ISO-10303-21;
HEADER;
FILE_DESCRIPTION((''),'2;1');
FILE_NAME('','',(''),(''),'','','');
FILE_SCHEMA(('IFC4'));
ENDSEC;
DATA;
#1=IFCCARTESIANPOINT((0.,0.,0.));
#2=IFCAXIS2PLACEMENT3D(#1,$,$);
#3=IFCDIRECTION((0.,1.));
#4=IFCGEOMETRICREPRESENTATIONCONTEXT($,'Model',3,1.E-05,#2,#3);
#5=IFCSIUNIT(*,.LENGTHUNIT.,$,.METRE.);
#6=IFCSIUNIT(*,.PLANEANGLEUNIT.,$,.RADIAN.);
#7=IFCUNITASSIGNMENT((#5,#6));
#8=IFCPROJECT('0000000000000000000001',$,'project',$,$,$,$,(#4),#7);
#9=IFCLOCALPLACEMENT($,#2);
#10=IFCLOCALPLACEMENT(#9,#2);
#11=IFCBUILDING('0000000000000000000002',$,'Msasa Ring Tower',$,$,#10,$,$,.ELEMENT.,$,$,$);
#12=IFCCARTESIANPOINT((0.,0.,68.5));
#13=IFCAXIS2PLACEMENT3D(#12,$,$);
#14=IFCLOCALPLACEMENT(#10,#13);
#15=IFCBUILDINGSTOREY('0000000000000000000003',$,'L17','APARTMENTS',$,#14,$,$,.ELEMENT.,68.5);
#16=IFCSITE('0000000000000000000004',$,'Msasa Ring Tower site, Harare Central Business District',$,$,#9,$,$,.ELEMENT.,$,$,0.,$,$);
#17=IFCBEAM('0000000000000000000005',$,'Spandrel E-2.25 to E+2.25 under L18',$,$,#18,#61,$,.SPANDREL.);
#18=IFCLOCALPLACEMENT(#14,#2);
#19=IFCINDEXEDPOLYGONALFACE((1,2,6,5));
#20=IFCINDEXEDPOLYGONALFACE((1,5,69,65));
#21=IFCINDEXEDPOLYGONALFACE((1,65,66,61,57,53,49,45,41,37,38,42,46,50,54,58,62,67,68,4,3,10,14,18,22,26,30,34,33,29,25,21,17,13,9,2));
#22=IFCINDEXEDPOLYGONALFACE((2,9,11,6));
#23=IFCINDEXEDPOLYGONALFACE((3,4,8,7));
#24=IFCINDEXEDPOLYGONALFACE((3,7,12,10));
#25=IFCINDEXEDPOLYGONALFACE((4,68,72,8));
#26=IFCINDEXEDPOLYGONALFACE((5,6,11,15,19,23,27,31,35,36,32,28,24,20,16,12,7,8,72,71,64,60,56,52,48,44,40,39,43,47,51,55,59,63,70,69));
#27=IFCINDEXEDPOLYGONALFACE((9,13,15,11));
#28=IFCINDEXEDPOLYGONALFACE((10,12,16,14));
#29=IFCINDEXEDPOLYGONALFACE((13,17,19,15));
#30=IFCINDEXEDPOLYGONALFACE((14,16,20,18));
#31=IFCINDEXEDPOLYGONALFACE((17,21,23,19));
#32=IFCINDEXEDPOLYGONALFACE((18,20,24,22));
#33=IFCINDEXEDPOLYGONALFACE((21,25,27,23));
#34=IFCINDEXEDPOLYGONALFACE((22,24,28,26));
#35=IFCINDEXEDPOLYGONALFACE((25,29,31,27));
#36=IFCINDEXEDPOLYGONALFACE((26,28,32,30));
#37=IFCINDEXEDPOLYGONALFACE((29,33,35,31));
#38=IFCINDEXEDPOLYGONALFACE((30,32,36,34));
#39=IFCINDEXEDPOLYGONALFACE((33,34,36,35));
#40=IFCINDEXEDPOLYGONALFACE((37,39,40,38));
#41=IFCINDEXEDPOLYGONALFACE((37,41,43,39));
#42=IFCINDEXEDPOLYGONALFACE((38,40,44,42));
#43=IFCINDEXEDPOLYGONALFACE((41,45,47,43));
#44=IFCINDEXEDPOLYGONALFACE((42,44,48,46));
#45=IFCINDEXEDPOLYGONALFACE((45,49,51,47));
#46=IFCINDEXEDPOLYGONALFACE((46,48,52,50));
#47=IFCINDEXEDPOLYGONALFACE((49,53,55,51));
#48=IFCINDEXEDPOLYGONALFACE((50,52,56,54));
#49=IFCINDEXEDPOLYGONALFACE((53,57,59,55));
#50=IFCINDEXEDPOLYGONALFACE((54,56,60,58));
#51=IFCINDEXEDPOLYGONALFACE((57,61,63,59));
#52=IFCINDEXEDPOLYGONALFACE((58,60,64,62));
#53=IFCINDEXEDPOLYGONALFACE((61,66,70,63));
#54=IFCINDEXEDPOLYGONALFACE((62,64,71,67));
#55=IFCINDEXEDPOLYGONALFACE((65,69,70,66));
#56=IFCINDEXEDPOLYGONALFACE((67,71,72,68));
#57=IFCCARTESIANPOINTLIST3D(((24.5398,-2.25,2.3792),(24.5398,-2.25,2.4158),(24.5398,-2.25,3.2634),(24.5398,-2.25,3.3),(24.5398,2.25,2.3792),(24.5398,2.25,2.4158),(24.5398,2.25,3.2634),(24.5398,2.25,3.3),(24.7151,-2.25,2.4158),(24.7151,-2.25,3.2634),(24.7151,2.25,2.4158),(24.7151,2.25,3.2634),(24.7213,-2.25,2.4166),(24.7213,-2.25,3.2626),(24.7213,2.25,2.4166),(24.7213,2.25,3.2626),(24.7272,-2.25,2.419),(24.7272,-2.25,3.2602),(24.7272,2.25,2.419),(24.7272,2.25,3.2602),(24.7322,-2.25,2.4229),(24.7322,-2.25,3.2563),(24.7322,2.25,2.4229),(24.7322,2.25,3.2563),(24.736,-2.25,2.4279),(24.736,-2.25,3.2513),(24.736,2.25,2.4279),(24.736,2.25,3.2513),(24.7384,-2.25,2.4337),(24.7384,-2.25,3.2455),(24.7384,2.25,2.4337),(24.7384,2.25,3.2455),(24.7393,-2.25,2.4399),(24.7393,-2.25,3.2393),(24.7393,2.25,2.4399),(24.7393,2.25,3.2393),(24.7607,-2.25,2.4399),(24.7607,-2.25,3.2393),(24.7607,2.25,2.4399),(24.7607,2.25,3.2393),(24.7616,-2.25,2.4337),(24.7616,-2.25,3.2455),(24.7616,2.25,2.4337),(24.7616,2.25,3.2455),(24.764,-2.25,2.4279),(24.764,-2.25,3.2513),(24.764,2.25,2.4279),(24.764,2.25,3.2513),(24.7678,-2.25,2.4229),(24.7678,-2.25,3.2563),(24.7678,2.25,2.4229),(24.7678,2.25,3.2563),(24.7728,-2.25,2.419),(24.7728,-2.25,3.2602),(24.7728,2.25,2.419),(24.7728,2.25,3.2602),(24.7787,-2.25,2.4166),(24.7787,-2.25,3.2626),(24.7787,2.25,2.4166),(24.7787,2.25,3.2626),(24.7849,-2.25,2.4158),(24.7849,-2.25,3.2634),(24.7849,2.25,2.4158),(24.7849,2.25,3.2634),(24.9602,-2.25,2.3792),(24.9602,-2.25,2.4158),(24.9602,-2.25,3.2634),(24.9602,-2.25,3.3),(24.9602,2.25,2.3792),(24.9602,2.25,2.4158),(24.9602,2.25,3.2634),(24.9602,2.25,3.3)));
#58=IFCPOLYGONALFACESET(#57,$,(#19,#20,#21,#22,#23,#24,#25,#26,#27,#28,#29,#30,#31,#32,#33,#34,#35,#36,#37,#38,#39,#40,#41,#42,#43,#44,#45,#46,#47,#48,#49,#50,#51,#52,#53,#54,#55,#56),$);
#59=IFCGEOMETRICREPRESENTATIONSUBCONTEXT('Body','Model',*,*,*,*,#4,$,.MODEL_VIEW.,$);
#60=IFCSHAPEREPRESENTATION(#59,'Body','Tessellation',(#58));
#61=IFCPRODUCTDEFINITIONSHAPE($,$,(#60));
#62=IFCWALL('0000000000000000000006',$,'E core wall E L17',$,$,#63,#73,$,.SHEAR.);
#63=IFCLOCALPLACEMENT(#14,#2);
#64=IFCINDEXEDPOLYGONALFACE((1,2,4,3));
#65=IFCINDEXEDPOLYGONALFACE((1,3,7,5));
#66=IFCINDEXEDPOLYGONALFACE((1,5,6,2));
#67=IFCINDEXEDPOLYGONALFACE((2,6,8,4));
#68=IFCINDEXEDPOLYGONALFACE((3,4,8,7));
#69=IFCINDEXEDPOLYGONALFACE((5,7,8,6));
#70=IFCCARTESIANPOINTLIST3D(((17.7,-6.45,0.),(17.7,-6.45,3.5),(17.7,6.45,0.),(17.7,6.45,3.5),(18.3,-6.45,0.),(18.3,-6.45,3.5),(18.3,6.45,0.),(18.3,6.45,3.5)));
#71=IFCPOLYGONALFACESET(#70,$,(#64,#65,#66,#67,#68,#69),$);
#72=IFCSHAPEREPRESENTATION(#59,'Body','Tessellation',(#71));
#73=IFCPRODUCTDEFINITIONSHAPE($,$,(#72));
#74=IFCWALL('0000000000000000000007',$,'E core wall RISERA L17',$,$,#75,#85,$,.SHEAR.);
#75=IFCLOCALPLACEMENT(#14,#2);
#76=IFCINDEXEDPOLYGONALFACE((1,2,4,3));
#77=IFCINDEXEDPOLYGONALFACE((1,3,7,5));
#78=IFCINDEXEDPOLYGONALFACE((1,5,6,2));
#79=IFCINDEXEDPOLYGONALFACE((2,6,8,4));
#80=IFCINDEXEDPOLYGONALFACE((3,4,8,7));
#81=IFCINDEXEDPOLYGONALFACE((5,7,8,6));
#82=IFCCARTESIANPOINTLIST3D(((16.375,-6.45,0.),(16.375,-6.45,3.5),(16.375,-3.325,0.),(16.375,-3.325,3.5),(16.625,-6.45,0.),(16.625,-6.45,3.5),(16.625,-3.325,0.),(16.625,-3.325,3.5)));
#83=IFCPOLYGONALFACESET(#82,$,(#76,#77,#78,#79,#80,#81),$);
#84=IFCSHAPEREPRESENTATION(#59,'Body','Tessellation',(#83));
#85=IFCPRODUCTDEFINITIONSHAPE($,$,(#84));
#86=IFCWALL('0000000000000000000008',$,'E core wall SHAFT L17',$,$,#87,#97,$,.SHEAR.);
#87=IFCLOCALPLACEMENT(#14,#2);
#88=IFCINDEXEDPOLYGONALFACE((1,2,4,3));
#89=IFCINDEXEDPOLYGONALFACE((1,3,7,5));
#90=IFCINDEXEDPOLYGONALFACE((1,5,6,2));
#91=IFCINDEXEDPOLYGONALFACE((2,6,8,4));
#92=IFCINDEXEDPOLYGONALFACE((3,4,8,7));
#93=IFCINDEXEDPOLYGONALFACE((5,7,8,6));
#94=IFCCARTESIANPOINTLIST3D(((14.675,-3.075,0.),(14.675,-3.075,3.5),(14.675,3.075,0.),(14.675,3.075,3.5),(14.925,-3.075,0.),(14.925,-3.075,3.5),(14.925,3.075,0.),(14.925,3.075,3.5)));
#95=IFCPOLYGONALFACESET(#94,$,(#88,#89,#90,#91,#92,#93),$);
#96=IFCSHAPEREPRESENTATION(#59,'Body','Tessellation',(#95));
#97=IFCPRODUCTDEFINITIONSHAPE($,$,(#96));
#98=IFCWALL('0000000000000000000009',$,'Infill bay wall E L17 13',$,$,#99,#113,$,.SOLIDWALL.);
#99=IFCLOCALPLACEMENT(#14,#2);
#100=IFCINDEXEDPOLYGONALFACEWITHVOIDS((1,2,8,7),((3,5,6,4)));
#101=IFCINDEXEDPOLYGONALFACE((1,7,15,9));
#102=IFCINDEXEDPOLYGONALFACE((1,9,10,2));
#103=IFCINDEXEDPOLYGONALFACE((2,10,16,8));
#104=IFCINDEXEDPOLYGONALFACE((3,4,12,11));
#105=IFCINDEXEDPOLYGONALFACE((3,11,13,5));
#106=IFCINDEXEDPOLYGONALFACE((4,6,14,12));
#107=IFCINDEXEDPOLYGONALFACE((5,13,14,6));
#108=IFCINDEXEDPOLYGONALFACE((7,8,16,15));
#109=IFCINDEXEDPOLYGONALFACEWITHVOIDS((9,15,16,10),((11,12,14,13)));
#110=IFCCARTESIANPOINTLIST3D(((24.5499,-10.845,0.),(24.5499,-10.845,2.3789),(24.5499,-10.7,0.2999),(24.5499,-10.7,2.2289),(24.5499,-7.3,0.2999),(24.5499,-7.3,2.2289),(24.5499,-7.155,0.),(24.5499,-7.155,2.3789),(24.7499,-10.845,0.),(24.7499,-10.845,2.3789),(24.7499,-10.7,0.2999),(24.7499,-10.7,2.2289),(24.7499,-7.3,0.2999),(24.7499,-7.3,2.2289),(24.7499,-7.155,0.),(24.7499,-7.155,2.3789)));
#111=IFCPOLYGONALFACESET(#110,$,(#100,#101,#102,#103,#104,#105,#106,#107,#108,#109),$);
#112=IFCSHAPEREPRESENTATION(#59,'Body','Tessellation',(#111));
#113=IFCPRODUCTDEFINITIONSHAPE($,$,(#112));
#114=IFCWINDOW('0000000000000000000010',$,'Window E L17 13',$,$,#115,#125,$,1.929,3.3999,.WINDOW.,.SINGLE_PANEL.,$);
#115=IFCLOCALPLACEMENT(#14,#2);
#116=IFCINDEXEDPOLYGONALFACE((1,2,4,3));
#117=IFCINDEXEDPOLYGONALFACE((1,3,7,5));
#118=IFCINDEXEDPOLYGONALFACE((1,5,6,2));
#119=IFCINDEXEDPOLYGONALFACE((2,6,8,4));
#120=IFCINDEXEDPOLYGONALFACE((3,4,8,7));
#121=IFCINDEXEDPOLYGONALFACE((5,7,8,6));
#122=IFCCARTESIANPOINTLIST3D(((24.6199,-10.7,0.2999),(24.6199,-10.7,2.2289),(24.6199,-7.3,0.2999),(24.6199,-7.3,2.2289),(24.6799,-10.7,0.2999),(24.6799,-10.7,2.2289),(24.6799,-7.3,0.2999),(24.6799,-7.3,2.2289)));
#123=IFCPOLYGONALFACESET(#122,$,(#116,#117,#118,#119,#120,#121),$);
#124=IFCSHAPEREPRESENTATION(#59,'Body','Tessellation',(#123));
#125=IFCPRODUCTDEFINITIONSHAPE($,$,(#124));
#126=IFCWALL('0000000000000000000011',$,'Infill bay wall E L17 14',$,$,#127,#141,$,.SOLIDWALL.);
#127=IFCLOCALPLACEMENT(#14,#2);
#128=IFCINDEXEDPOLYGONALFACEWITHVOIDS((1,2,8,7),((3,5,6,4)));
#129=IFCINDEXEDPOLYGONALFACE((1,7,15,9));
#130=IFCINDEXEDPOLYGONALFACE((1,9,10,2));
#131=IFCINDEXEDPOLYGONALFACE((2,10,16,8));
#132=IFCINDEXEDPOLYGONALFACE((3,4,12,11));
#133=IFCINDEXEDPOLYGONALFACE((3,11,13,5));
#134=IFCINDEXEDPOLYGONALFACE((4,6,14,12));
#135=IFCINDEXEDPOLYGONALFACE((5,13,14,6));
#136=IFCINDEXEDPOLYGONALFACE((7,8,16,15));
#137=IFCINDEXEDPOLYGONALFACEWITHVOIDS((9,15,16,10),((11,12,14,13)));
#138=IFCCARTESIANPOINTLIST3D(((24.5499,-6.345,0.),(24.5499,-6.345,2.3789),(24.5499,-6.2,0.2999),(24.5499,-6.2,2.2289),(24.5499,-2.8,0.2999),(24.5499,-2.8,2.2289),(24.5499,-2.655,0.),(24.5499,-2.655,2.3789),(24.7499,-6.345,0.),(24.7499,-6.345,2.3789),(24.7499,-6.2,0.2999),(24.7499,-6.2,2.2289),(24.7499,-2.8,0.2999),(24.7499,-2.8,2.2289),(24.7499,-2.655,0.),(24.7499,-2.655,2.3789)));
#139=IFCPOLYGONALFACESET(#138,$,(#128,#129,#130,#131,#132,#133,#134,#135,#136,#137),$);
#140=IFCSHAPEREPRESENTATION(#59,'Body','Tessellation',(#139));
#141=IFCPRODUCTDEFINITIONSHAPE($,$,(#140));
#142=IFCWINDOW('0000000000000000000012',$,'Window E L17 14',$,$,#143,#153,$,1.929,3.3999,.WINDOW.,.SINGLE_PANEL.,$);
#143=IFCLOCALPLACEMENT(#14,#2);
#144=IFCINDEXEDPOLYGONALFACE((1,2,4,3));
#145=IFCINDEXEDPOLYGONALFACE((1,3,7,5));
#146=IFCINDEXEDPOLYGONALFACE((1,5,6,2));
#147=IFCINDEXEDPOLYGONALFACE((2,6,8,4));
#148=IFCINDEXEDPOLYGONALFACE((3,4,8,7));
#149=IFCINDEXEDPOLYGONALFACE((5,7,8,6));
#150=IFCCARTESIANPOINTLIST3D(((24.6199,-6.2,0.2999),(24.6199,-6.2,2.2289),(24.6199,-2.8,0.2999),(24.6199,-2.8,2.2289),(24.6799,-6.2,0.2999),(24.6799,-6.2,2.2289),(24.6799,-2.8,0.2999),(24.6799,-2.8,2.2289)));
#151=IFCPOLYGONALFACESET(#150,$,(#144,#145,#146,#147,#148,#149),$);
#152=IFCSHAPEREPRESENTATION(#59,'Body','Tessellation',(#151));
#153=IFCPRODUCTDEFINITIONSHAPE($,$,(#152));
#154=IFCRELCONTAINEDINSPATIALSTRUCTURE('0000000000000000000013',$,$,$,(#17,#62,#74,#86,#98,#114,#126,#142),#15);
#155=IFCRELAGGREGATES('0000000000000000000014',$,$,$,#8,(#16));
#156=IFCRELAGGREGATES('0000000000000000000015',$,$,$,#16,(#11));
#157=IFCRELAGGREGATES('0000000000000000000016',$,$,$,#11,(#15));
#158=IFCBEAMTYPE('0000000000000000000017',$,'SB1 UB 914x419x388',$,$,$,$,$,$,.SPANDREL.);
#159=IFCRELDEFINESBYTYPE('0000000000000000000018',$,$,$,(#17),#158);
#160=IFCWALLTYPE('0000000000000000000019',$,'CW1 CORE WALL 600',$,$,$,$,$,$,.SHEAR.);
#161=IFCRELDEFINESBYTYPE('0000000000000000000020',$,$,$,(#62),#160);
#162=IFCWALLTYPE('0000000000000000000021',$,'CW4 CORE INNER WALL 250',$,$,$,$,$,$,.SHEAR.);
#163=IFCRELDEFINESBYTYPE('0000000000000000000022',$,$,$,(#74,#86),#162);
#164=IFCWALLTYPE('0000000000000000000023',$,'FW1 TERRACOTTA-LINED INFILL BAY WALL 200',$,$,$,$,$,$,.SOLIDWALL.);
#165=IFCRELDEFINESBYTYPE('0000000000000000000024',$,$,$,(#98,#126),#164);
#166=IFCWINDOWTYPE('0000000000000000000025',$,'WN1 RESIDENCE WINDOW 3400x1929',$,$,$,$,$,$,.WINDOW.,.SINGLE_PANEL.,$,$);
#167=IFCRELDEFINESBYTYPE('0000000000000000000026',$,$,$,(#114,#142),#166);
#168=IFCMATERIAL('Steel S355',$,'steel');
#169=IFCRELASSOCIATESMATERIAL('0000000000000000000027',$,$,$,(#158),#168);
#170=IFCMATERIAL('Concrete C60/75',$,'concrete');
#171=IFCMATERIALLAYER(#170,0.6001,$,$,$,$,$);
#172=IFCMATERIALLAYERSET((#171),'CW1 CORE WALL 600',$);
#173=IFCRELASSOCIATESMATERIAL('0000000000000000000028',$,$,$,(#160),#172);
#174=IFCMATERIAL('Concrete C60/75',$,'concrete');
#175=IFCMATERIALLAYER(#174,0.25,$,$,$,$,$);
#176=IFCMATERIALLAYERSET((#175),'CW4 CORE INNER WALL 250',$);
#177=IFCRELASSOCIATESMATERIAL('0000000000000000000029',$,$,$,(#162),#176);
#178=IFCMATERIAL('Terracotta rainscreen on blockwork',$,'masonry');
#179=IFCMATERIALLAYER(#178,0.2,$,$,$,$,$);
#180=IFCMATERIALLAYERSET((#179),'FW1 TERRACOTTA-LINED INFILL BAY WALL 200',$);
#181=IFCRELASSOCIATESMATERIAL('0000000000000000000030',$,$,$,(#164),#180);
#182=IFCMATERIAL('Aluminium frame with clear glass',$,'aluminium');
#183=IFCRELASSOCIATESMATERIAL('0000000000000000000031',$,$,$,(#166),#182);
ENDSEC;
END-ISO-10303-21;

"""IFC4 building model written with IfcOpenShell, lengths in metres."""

from ifc_helpers import new_model, si_unit, direction, frame, frame_2d, origin, origin_2d, place, context, subcontext, project, spatial, rectangle, i_section, extrude, material, layer, layer_set, material_profile, profile_set, type_object, element, fill, save


model = new_model("IFC4")

# Units and contexts
model_context = context("Model", 3, precision=1e-05, world=origin(), true_north=direction((0.0, 1.0)))
body_context = subcontext(model_context, "Body", "Model", "MODEL_VIEW")
ifc_project = project(units=[si_unit("LENGTHUNIT", "METRE"), si_unit("PLANEANGLEUNIT", "RADIAN")], contexts=[model_context])

# Site, building, storey
site_placement = place(None, origin())
site = spatial("IfcSite", under=ifc_project, at=site_placement, Name="Msasa Ring Tower site, Harare Central Business District", CompositionType="ELEMENT", RefElevation=0.0)
building_placement = place(site_placement, origin())
building = spatial("IfcBuilding", under=site, at=building_placement, Name="Msasa Ring Tower", CompositionType="ELEMENT")
storey_placement = place(building_placement, frame((0.0, 0.0, 68.5)))
storey = spatial("IfcBuildingStorey", under=building, at=storey_placement, Name="L17", Description="APARTMENTS", CompositionType="ELEMENT", Elevation=68.5)

# Beam
ifc_material_1 = material(Name="Steel S355", Category="steel")
ifc_material_profile_1 = material_profile(ifc_material_1, i_section(OverallWidth=0.4204, OverallDepth=0.9209, WebThickness=0.0215, FlangeThickness=0.0366, FilletRadius=0.0242, at=origin_2d()), Name="UB 914x419x388")
ifc_profile_set_1 = profile_set([ifc_material_profile_1], Name="Steel S355")
beam_type_1 = type_object("IfcBeamType", Name="SB1 UB 914x419x388", PredefinedType="SPANDREL", material=ifc_profile_set_1)
for number, where, z_axis, x_axis, name in (
    (1, (24.75, -2.25, 2.8396), (0.0, 1.0, 0.0), (-1.0, 0.0, 0.0), "Spandrel E-2.25 to E+2.25 under L18"),
):
    element("IfcBeam", number, at=place(storey_placement, frame(where, z_axis=z_axis, x_axis=x_axis)), inside=storey, type_object=beam_type_1, Name=name, PredefinedType="SPANDREL", context=body_context, shape_type="SweptSolid", body=[
        extrude(i_section(OverallWidth=0.4204, OverallDepth=0.9209, WebThickness=0.0215, FlangeThickness=0.0366, FilletRadius=0.0242, at=origin_2d()), origin(), (0.0, 0.0, 1.0), 4.5),
    ])

# Walls
ifc_material_2 = material(Name="Concrete C60/75", Category="concrete")
ifc_layer_1 = layer(ifc_material_2, 0.6001)
ifc_layer_set_1 = layer_set([ifc_layer_1], Name="CW1 CORE WALL 600")
wall_type_1 = type_object("IfcWallType", Name="CW1 CORE WALL 600", PredefinedType="SHEAR", material=ifc_layer_set_1)
wall_1_placement = place(storey_placement, frame((18.0, -6.45, 0.0), z_axis=(0.0, 0.0, 1.0), x_axis=(0.0, 1.0, 0.0)))
element("IfcWall", 2, at=wall_1_placement, inside=storey, type_object=wall_type_1, Name="E core wall E L17", PredefinedType="SHEAR", context=body_context, shape_type="SweptSolid", body=[
    extrude(rectangle(XDim=12.8999, YDim=0.6001, at=frame_2d((6.45, 0.0))), origin(), (0.0, 0.0, 1.0), 3.5),
])
ifc_material_3 = material(Name="Concrete C60/75", Category="concrete")
ifc_layer_2 = layer(ifc_material_3, 0.25)
ifc_layer_set_2 = layer_set([ifc_layer_2], Name="CW4 CORE INNER WALL 250")
wall_type_2 = type_object("IfcWallType", Name="CW4 CORE INNER WALL 250", PredefinedType="SHEAR", material=ifc_layer_set_2)
wall_2_placement = place(storey_placement, frame((16.5, -6.45, 0.0), z_axis=(0.0, 0.0, 1.0), x_axis=(0.0, 1.0, 0.0)))
element("IfcWall", 3, at=wall_2_placement, inside=storey, type_object=wall_type_2, Name="E core wall RISERA L17", PredefinedType="SHEAR", context=body_context, shape_type="SweptSolid", body=[
    extrude(rectangle(XDim=3.125, YDim=0.25, at=frame_2d((1.5625, 0.0))), origin(), (0.0, 0.0, 1.0), 3.5),
])
wall_3_placement = place(storey_placement, frame((14.8, -3.075, 0.0), z_axis=(0.0, 0.0, 1.0), x_axis=(0.0, 1.0, 0.0)))
element("IfcWall", 4, at=wall_3_placement, inside=storey, type_object=wall_type_2, Name="E core wall SHAFT L17", PredefinedType="SHEAR", context=body_context, shape_type="SweptSolid", body=[
    extrude(rectangle(XDim=6.1499, YDim=0.25, at=frame_2d((3.075, 0.0))), origin(), (0.0, 0.0, 1.0), 3.5),
])

# Walls, openings, windows
ifc_material_4 = material(Name="Terracotta rainscreen on blockwork", Category="masonry")
ifc_layer_3 = layer(ifc_material_4, 0.2)
ifc_layer_set_3 = layer_set([ifc_layer_3], Name="FW1 TERRACOTTA-LINED INFILL BAY WALL 200")
wall_type_3 = type_object("IfcWallType", Name="FW1 TERRACOTTA-LINED INFILL BAY WALL 200", PredefinedType="SOLIDWALL", material=ifc_layer_set_3)
wall_4_placement = place(storey_placement, frame((24.6499, -10.845, 0.0), z_axis=(0.0, 0.0, 1.0), x_axis=(0.0, 1.0, 0.0)))
wall_4 = element("IfcWall", 5, at=wall_4_placement, inside=storey, type_object=wall_type_3, Name="Infill bay wall E L17 13", PredefinedType="SOLIDWALL", context=body_context, shape_type="SweptSolid", body=[
    extrude(rectangle(XDim=3.6899, YDim=0.2, at=frame_2d((1.845, 0.0))), origin(), (0.0, 0.0, 1.0), 2.3789),
])
opening_1_placement = place(wall_4_placement, frame((0.145, 0.0, 0.3)))
opening_1 = element("IfcOpeningElement", 6, at=opening_1_placement, cuts=wall_4, PredefinedType="OPENING", context=body_context, shape_type="SweptSolid", body=[
    extrude(rectangle(XDim=3.3999, YDim=1.929, at=frame_2d((1.7, 0.9644))), frame((0.0, 0.1099, 0.0), z_axis=(0.0, -1.0, 0.0), x_axis=(1.0, 0.0, 0.0)), (0.0, 0.0, 1.0), 0.22),
])
ifc_material_5 = material(Name="Aluminium frame with clear glass", Category="aluminium")
window_type = type_object("IfcWindowType", Name="WN1 RESIDENCE WINDOW 3400x1929", PartitioningType="SINGLE_PANEL", PredefinedType="WINDOW", material=ifc_material_5)
window_1_placement = place(opening_1_placement, origin())
window_1 = element("IfcWindow", 7, at=window_1_placement, inside=storey, type_object=window_type, Name="Window E L17 13", OverallHeight=1.929, OverallWidth=3.3999, PartitioningType="SINGLE_PANEL", PredefinedType="WINDOW", context=body_context, shape_type="SweptSolid", body=[
    extrude(rectangle(XDim=3.3999, YDim=1.929, at=frame_2d((1.7, 0.9644))), frame((0.0, 0.03, 0.0), z_axis=(0.0, -1.0, 0.0), x_axis=(1.0, 0.0, 0.0)), (0.0, 0.0, 1.0), 0.0601),
])
fill(opening_1, window_1)
wall_5_placement = place(storey_placement, frame((24.6499, -6.345, 0.0), z_axis=(0.0, 0.0, 1.0), x_axis=(0.0, 1.0, 0.0)))
wall_5 = element("IfcWall", 8, at=wall_5_placement, inside=storey, type_object=wall_type_3, Name="Infill bay wall E L17 14", PredefinedType="SOLIDWALL", context=body_context, shape_type="SweptSolid", body=[
    extrude(rectangle(XDim=3.6899, YDim=0.2, at=frame_2d((1.845, 0.0))), origin(), (0.0, 0.0, 1.0), 2.3789),
])
opening_2_placement = place(wall_5_placement, frame((0.145, 0.0, 0.3)))
opening_2 = element("IfcOpeningElement", 9, at=opening_2_placement, cuts=wall_5, PredefinedType="OPENING", context=body_context, shape_type="SweptSolid", body=[
    extrude(rectangle(XDim=3.3999, YDim=1.929, at=frame_2d((1.7, 0.9644))), frame((0.0, 0.1099, 0.0), z_axis=(0.0, -1.0, 0.0), x_axis=(1.0, 0.0, 0.0)), (0.0, 0.0, 1.0), 0.22),
])
window_2_placement = place(opening_2_placement, origin())
window_2 = element("IfcWindow", 10, at=window_2_placement, inside=storey, type_object=window_type, Name="Window E L17 14", OverallHeight=1.929, OverallWidth=3.3999, PartitioningType="SINGLE_PANEL", PredefinedType="WINDOW", context=body_context, shape_type="SweptSolid", body=[
    extrude(rectangle(XDim=3.3999, YDim=1.929, at=frame_2d((1.7, 0.9644))), frame((0.0, 0.03, 0.0), z_axis=(0.0, -1.0, 0.0), x_axis=(1.0, 0.0, 0.0)), (0.0, 0.0, 1.0), 0.0601),
])
fill(opening_2, window_2)

save(model, "model.ifc")
